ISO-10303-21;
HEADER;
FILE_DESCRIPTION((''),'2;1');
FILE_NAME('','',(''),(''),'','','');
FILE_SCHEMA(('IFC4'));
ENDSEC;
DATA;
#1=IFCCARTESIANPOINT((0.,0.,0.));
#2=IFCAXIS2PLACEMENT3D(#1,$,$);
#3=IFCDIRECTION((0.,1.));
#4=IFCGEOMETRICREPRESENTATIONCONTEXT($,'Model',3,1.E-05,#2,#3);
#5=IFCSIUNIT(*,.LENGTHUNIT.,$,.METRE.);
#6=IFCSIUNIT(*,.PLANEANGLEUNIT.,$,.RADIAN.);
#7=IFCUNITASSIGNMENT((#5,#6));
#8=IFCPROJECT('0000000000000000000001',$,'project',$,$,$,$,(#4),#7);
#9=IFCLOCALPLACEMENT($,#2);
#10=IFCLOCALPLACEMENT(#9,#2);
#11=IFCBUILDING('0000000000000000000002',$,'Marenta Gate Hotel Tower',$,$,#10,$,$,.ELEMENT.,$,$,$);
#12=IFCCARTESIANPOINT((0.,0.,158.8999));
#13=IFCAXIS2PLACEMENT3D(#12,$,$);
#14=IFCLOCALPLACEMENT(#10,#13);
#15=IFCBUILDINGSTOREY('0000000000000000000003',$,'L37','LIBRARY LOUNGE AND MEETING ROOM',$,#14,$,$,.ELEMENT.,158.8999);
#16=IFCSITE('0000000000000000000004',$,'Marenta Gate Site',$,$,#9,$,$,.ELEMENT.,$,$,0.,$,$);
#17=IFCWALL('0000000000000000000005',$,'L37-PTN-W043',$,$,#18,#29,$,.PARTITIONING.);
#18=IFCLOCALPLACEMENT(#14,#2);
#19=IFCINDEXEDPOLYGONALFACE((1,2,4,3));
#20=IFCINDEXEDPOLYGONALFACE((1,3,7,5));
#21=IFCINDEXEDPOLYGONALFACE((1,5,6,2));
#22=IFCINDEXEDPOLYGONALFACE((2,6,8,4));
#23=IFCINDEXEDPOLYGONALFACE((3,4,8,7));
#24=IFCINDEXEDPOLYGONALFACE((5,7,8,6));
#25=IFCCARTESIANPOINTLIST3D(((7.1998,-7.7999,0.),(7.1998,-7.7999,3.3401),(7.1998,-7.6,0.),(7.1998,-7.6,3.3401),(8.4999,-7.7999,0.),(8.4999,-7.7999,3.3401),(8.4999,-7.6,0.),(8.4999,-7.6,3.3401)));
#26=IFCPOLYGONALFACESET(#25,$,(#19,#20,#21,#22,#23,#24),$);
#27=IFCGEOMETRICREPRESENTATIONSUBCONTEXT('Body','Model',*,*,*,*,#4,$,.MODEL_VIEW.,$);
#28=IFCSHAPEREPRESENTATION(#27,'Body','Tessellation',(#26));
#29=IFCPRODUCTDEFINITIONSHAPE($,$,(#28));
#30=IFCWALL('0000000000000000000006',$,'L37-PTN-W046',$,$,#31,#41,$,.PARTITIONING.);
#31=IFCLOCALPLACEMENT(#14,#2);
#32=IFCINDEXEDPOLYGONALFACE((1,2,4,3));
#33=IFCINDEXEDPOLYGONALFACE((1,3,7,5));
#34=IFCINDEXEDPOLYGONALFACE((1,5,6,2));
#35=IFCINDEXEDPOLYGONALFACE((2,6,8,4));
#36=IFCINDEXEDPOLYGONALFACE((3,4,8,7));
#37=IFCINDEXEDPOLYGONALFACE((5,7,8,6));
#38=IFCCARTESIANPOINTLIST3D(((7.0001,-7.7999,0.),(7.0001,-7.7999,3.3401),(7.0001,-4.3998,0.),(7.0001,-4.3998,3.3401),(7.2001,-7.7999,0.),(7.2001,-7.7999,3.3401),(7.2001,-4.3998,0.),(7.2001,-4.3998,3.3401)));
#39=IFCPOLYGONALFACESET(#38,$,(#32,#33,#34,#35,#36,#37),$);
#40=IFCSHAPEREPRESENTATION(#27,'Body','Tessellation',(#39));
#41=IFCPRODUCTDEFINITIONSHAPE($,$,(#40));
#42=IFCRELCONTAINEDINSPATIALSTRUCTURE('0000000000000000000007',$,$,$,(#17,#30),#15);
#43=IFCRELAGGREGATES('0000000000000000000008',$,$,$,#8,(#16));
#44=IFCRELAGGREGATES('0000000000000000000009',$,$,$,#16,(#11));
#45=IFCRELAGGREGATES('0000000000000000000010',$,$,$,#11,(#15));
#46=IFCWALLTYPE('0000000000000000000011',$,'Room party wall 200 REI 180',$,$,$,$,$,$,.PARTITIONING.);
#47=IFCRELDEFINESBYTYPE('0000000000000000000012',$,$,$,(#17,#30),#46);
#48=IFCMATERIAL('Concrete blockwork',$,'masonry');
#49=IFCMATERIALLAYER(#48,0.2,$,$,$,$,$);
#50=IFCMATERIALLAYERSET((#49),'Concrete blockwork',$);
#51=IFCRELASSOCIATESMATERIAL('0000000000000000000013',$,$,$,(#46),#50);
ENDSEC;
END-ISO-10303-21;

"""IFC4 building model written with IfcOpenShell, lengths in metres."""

from ifc_helpers import new_model, si_unit, direction, frame, frame_2d, origin, place, context, subcontext, project, spatial, rectangle, extrude, material, layer, layer_set, type_object, element, save


model = new_model("IFC4")

# Units and contexts
model_context = context("Model", 3, precision=1e-05, world=origin(), true_north=direction((0.0, 1.0)))
body_context = subcontext(model_context, "Body", "Model", "MODEL_VIEW")
ifc_project = project(units=[si_unit("LENGTHUNIT", "METRE"), si_unit("PLANEANGLEUNIT", "RADIAN")], contexts=[model_context])

# Site, building, storey
site_placement = place(None, origin())
site = spatial("IfcSite", under=ifc_project, at=site_placement, Name="Marenta Gate Site", CompositionType="ELEMENT", RefElevation=0.0)
building_placement = place(site_placement, origin())
building = spatial("IfcBuilding", under=site, at=building_placement, Name="Marenta Gate Hotel Tower", CompositionType="ELEMENT")
storey_placement = place(building_placement, frame((0.0, 0.0, 158.8999)))
storey = spatial("IfcBuildingStorey", under=building, at=storey_placement, Name="L37", Description="LIBRARY LOUNGE AND MEETING ROOM", CompositionType="ELEMENT", Elevation=158.8999)

# Walls
ifc_material_1 = material(Name="Concrete blockwork", Category="masonry")
ifc_layer_1 = layer(ifc_material_1, 0.2)
ifc_layer_set_1 = layer_set([ifc_layer_1], Name="Concrete blockwork")
wall_type_1 = type_object("IfcWallType", Name="Room party wall 200 REI 180", PredefinedType="PARTITIONING", material=ifc_layer_set_1)
wall_1_placement = place(storey_placement, frame((7.2, -7.7, 0.0), z_axis=(0.0, 0.0, 1.0), x_axis=(1.0, 0.0, 0.0)))
element("IfcWall", 1, at=wall_1_placement, inside=storey, type_object=wall_type_1, Name="L37-PTN-W043", PredefinedType="PARTITIONING", context=body_context, shape_type="SweptSolid", body=[
    extrude(rectangle(XDim=1.3, YDim=0.2, at=frame_2d((0.6499, 0.0))), origin(), (0.0, 0.0, 1.0), 3.3401),
])
wall_2_placement = place(storey_placement, frame((7.1001, -7.8, 0.0), z_axis=(0.0, 0.0, 1.0), x_axis=(0.0, 1.0, 0.0)))
element("IfcWall", 2, at=wall_2_placement, inside=storey, type_object=wall_type_1, Name="L37-PTN-W046", PredefinedType="PARTITIONING", context=body_context, shape_type="SweptSolid", body=[
    extrude(rectangle(XDim=3.4001, YDim=0.2, at=frame_2d((1.7002, 0.0))), origin(), (0.0, 0.0, 1.0), 3.3401),
])

save(model, "model.ifc")
